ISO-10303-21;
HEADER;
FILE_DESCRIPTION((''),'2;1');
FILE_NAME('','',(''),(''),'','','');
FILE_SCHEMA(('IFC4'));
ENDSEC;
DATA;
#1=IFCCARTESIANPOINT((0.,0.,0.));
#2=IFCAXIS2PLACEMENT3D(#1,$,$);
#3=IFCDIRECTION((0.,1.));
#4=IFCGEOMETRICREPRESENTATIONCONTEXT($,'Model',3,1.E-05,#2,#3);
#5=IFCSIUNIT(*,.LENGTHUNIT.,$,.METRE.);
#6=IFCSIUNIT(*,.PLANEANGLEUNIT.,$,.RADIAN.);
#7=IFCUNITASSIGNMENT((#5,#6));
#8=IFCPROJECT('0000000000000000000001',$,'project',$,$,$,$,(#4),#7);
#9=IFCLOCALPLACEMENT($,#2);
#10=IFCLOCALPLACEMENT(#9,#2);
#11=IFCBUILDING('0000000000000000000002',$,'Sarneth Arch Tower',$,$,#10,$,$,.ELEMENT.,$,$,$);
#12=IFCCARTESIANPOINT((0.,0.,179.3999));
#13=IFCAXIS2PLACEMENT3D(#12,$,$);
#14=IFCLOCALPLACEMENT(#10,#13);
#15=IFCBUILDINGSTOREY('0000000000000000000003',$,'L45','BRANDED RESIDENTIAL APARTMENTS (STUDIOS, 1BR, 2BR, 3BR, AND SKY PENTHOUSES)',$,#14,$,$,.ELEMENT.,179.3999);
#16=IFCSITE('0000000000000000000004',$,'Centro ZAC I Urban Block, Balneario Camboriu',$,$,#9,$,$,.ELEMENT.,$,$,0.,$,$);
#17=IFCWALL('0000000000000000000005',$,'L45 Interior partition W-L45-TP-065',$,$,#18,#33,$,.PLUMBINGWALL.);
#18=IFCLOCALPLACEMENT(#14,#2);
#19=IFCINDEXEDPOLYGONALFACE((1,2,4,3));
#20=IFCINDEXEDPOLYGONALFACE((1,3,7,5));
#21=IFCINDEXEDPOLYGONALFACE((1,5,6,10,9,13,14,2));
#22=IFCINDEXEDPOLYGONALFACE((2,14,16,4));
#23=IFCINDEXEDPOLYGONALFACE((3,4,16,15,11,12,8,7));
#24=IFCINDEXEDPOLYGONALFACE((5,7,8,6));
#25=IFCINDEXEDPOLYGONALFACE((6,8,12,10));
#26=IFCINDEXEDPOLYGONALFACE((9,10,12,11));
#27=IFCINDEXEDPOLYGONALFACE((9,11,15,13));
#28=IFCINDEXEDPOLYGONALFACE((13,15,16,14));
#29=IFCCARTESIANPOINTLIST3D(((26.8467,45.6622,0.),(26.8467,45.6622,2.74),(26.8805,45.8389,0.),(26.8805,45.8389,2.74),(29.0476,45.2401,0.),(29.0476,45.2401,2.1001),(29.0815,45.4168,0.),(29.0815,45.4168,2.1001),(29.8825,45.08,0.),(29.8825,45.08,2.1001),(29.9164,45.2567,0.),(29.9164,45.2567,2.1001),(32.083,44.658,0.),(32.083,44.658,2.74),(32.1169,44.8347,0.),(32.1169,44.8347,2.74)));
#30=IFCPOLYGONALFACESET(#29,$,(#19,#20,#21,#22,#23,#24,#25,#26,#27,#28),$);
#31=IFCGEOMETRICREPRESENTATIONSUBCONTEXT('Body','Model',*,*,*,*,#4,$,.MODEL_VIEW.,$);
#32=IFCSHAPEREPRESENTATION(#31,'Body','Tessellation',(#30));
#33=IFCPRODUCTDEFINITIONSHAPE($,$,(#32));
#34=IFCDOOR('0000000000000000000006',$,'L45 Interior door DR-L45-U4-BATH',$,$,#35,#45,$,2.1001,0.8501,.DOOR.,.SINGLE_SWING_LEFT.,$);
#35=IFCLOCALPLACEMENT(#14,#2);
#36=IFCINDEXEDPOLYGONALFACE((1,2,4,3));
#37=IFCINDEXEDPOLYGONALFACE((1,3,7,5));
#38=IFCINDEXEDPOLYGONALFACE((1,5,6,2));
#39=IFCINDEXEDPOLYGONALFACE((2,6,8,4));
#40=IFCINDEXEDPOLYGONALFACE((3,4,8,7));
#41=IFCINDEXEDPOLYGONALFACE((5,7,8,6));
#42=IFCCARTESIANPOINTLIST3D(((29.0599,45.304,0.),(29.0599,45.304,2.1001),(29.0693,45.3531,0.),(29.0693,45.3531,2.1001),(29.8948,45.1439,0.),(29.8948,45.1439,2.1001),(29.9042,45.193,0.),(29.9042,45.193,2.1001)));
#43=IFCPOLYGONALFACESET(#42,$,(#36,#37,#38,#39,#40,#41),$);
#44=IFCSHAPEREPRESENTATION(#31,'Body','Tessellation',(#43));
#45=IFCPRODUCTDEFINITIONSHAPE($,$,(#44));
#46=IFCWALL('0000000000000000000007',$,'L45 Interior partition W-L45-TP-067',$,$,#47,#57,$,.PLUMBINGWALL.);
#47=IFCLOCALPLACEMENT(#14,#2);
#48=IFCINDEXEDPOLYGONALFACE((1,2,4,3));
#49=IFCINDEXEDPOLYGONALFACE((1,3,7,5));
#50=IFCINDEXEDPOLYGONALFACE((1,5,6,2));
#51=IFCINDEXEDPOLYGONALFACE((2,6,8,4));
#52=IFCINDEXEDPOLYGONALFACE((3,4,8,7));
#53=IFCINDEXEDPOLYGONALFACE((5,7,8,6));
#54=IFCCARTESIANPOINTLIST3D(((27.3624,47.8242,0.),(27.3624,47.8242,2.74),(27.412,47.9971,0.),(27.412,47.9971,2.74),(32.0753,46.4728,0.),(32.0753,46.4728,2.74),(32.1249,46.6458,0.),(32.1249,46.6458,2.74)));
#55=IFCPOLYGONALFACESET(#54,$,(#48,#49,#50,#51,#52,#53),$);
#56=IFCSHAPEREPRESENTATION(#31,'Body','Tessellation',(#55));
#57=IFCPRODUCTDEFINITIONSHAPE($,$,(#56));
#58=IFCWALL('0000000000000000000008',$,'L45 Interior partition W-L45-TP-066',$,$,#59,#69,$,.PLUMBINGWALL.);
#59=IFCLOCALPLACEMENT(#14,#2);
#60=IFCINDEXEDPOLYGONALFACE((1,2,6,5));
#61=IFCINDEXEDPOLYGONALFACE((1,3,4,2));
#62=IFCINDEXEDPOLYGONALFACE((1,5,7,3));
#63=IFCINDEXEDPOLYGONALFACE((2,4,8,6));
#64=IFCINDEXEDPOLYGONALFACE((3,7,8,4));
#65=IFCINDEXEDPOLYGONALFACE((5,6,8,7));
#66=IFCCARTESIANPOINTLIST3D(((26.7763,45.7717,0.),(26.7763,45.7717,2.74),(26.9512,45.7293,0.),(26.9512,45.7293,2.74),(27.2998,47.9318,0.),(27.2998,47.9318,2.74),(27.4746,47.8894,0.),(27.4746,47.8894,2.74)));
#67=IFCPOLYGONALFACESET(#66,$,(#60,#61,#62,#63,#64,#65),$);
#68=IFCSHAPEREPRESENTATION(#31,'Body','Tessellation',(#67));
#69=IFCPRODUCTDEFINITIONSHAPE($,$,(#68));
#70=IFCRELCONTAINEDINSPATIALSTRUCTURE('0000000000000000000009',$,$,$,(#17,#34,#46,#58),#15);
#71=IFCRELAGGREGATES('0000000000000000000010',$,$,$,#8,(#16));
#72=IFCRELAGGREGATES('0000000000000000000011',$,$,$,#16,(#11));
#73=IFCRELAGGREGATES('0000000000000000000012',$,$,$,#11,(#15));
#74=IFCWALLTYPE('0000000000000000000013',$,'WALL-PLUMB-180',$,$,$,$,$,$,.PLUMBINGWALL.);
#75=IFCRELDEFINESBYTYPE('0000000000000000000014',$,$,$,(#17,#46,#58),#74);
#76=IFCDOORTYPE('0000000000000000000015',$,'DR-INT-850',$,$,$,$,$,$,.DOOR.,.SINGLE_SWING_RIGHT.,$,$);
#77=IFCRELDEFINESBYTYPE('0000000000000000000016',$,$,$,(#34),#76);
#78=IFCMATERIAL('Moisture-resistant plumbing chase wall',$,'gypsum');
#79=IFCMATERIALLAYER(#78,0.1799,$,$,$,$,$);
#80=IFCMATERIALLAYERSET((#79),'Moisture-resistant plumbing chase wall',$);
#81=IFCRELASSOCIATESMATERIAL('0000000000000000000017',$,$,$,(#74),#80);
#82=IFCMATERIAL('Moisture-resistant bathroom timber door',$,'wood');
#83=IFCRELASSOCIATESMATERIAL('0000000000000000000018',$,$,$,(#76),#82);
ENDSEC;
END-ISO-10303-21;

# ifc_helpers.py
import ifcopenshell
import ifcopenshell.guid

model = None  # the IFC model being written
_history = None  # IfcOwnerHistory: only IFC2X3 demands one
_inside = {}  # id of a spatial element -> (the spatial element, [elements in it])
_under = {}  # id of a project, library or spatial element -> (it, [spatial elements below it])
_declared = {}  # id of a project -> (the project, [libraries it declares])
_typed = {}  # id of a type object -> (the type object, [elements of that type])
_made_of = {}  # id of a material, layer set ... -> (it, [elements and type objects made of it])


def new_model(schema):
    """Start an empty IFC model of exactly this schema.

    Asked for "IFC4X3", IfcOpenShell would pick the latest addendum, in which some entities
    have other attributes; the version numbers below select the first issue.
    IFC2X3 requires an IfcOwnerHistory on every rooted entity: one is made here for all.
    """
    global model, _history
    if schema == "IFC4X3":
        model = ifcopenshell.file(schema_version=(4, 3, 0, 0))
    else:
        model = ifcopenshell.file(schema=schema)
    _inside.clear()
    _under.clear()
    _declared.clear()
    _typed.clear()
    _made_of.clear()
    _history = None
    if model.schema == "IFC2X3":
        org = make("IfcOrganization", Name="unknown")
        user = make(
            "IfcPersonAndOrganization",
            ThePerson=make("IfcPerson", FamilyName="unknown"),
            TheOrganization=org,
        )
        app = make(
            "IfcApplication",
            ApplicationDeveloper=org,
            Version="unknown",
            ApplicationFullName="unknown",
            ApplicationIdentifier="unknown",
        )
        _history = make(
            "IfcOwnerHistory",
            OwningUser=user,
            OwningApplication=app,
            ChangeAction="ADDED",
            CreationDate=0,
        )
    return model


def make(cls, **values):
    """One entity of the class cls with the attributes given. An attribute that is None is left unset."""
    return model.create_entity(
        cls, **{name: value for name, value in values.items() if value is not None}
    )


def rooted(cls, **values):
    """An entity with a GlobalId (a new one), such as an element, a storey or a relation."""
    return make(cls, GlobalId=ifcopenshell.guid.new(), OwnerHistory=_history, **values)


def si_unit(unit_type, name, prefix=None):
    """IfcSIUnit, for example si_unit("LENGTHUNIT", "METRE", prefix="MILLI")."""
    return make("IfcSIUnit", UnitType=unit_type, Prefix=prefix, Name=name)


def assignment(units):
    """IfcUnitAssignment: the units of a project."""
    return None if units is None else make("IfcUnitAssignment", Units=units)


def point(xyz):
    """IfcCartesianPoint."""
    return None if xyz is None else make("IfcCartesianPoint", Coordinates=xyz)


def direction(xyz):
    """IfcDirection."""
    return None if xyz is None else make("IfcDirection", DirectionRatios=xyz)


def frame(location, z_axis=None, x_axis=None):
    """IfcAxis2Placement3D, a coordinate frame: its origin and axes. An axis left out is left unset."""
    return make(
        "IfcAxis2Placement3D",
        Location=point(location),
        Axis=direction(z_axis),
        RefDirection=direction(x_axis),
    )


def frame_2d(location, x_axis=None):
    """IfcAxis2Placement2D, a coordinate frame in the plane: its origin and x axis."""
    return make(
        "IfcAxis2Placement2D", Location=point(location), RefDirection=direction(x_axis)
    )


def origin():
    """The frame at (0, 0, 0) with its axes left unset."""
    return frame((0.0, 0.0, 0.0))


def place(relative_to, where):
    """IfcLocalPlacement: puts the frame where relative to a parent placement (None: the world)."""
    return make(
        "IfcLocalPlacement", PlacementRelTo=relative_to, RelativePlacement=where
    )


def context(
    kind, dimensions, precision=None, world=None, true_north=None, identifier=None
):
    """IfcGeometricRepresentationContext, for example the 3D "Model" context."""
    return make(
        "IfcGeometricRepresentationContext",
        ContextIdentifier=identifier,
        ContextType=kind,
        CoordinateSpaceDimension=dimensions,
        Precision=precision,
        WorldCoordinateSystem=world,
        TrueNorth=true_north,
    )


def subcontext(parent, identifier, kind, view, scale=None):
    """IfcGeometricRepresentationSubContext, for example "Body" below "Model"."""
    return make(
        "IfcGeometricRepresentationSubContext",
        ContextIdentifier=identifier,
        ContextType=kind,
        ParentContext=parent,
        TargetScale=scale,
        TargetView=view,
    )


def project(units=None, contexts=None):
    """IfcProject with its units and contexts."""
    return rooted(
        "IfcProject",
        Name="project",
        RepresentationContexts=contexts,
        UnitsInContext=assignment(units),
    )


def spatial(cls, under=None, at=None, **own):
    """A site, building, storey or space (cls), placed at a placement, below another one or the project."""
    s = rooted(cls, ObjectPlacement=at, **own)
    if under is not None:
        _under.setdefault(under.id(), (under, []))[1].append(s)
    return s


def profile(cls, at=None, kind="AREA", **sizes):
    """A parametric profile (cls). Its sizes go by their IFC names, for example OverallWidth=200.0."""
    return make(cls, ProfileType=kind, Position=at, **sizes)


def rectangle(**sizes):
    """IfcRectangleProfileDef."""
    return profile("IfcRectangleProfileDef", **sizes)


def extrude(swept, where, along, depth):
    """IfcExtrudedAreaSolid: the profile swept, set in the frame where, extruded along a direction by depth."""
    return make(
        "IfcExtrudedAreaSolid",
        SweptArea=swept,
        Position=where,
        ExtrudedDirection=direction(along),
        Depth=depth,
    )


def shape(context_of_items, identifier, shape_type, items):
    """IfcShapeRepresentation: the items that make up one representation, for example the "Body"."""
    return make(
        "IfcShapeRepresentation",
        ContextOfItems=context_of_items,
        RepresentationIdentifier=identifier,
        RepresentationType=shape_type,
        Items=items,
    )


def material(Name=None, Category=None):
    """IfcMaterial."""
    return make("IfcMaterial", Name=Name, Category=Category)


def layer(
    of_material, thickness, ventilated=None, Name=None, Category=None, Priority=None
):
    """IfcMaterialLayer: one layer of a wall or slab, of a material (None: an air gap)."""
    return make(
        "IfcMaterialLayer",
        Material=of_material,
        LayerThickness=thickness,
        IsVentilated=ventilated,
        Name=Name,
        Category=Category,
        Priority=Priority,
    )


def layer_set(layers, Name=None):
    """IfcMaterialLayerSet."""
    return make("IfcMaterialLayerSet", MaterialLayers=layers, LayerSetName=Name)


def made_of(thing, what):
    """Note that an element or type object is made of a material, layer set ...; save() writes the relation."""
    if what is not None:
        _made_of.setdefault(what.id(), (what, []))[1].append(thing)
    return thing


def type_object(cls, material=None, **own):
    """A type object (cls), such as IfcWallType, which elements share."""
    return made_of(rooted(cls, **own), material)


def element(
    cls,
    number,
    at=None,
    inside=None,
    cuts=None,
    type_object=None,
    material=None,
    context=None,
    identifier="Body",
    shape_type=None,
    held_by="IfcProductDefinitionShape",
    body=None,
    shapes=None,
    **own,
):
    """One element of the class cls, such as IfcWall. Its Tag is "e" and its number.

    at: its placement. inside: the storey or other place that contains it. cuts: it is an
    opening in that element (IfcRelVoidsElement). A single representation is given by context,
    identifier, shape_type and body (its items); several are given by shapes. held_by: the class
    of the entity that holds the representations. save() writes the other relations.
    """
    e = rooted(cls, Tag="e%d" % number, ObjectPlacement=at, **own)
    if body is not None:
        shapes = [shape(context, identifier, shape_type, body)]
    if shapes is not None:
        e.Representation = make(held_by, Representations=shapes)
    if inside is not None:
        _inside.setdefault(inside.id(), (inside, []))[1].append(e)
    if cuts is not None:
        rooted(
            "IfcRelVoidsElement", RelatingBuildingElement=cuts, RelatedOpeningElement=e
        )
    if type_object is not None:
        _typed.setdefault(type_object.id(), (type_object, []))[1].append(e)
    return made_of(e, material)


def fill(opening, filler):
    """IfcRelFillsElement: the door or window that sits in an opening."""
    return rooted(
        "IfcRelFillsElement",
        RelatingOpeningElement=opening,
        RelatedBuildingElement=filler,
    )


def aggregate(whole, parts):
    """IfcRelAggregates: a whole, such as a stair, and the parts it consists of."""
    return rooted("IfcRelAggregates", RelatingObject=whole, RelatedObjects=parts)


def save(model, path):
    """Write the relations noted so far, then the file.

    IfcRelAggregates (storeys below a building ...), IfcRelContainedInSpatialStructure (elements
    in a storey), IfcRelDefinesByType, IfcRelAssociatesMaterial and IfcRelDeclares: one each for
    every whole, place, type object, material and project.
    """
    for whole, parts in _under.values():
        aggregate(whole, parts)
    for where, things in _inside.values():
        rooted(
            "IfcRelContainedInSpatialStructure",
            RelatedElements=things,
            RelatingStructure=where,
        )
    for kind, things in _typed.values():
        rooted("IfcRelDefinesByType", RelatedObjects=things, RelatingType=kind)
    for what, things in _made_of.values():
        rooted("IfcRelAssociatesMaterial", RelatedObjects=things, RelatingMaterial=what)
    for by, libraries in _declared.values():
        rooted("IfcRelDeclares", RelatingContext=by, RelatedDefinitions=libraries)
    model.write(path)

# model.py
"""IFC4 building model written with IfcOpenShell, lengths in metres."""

from ifc_helpers import new_model, si_unit, direction, frame, frame_2d, origin, place, context, subcontext, project, spatial, rectangle, extrude, material, layer, layer_set, type_object, element, fill, save


model = new_model("IFC4")

# Units and contexts
model_context = context("Model", 3, precision=1e-05, world=origin(), true_north=direction((0.0, 1.0)))
body_context = subcontext(model_context, "Body", "Model", "MODEL_VIEW")
ifc_project = project(units=[si_unit("LENGTHUNIT", "METRE"), si_unit("PLANEANGLEUNIT", "RADIAN")], contexts=[model_context])

# Site, building, storey
site_placement = place(None, origin())
site = spatial("IfcSite", under=ifc_project, at=site_placement, Name="Centro ZAC I Urban Block, Balneario Camboriu", CompositionType="ELEMENT", RefElevation=0.0)
building_placement = place(site_placement, origin())
building = spatial("IfcBuilding", under=site, at=building_placement, Name="Sarneth Arch Tower", CompositionType="ELEMENT")
storey_placement = place(building_placement, frame((0.0, 0.0, 179.3999)))
storey = spatial("IfcBuildingStorey", under=building, at=storey_placement, Name="L45", Description="BRANDED RESIDENTIAL APARTMENTS (STUDIOS, 1BR, 2BR, 3BR, AND SKY PENTHOUSES)", CompositionType="ELEMENT", Elevation=179.3999)

# Wall, opening, door
ifc_material_1 = material(Name="Moisture-resistant plumbing chase wall", Category="gypsum")
ifc_layer_1 = layer(ifc_material_1, 0.1799)
ifc_layer_set_1 = layer_set([ifc_layer_1], Name="Moisture-resistant plumbing chase wall")
wall_type_1 = type_object("IfcWallType", Name="WALL-PLUMB-180", PredefinedType="PLUMBINGWALL", material=ifc_layer_set_1)
wall_1_placement = place(storey_placement, frame((32.1001, 44.7463, 0.0), z_axis=(0.0, 0.0, 1.0), x_axis=(-0.982105, 0.188334, 0.0)))
wall_1 = element("IfcWall", 1, at=wall_1_placement, inside=storey, type_object=wall_type_1, Name="L45 Interior partition W-L45-TP-065", PredefinedType="PLUMBINGWALL", context=body_context, shape_type="SweptSolid", body=[
    extrude(rectangle(XDim=5.3318, YDim=0.1799, at=frame_2d((2.666, 0.0))), origin(), (0.0, 0.0, 1.0), 2.74),
])
opening_1_placement = place(wall_1_placement, frame((2.2407, 0.0, 0.0)))
opening_1 = element("IfcOpeningElement", 2, at=opening_1_placement, cuts=wall_1, PredefinedType="OPENING", context=body_context, shape_type="SweptSolid", body=[
    extrude(rectangle(XDim=0.8501, YDim=2.1001, at=frame_2d((0.425, 1.05))), frame((0.0, 0.0999, 0.0), z_axis=(0.0, -1.0, 0.0), x_axis=(1.0, 0.0, 0.0)), (0.0, 0.0, 1.0), 0.2),
])
ifc_material_2 = material(Name="Moisture-resistant bathroom timber door", Category="wood")
door_type_1 = type_object("IfcDoorType", Name="DR-INT-850", OperationType="SINGLE_SWING_RIGHT", PredefinedType="DOOR", material=ifc_material_2)
door_1_placement = place(opening_1_placement, origin())
door_1 = element("IfcDoor", 3, at=door_1_placement, inside=storey, type_object=door_type_1, Name="L45 Interior door DR-L45-U4-BATH", OperationType="SINGLE_SWING_LEFT", OverallHeight=2.1001, OverallWidth=0.8501, PredefinedType="DOOR", context=body_context, shape_type="SweptSolid", body=[
    extrude(rectangle(XDim=0.8501, YDim=2.1001, at=frame_2d((0.425, 1.05))), frame((0.0, 0.0249, 0.0), z_axis=(0.0, -1.0, 0.0), x_axis=(1.0, 0.0, 0.0)), (0.0, 0.0, 1.0), 0.05),
])
fill(opening_1, door_1)

# Walls
wall_2_placement = place(storey_placement, frame((27.3872, 47.9106, 0.0), z_axis=(0.0, 0.0, 1.0), x_axis=(0.961266, -0.275622, 0.0)))
element("IfcWall", 4, at=wall_2_placement, inside=storey, type_object=wall_type_1, Name="L45 Interior partition W-L45-TP-067", PredefinedType="PLUMBINGWALL", context=body_context, shape_type="SweptSolid", body=[
    extrude(rectangle(XDim=4.9028, YDim=0.1799, at=frame_2d((2.4514, 0.0))), origin(), (0.0, 0.0, 1.0), 2.74),
])
wall_3_placement = place(storey_placement, frame((26.8638, 45.7505, 0.0), z_axis=(0.0, 0.0, 1.0), x_axis=(0.235499, 0.971874, 0.0)))
element("IfcWall", 5, at=wall_3_placement, inside=storey, type_object=wall_type_1, Name="L45 Interior partition W-L45-TP-066", PredefinedType="PLUMBINGWALL", context=body_context, shape_type="SweptSolid", body=[
    extrude(rectangle(XDim=2.2227, YDim=0.1799, at=frame_2d((1.1113, 0.0))), origin(), (0.0, 0.0, 1.0), 2.74),
])

save(model, "model.ifc")
